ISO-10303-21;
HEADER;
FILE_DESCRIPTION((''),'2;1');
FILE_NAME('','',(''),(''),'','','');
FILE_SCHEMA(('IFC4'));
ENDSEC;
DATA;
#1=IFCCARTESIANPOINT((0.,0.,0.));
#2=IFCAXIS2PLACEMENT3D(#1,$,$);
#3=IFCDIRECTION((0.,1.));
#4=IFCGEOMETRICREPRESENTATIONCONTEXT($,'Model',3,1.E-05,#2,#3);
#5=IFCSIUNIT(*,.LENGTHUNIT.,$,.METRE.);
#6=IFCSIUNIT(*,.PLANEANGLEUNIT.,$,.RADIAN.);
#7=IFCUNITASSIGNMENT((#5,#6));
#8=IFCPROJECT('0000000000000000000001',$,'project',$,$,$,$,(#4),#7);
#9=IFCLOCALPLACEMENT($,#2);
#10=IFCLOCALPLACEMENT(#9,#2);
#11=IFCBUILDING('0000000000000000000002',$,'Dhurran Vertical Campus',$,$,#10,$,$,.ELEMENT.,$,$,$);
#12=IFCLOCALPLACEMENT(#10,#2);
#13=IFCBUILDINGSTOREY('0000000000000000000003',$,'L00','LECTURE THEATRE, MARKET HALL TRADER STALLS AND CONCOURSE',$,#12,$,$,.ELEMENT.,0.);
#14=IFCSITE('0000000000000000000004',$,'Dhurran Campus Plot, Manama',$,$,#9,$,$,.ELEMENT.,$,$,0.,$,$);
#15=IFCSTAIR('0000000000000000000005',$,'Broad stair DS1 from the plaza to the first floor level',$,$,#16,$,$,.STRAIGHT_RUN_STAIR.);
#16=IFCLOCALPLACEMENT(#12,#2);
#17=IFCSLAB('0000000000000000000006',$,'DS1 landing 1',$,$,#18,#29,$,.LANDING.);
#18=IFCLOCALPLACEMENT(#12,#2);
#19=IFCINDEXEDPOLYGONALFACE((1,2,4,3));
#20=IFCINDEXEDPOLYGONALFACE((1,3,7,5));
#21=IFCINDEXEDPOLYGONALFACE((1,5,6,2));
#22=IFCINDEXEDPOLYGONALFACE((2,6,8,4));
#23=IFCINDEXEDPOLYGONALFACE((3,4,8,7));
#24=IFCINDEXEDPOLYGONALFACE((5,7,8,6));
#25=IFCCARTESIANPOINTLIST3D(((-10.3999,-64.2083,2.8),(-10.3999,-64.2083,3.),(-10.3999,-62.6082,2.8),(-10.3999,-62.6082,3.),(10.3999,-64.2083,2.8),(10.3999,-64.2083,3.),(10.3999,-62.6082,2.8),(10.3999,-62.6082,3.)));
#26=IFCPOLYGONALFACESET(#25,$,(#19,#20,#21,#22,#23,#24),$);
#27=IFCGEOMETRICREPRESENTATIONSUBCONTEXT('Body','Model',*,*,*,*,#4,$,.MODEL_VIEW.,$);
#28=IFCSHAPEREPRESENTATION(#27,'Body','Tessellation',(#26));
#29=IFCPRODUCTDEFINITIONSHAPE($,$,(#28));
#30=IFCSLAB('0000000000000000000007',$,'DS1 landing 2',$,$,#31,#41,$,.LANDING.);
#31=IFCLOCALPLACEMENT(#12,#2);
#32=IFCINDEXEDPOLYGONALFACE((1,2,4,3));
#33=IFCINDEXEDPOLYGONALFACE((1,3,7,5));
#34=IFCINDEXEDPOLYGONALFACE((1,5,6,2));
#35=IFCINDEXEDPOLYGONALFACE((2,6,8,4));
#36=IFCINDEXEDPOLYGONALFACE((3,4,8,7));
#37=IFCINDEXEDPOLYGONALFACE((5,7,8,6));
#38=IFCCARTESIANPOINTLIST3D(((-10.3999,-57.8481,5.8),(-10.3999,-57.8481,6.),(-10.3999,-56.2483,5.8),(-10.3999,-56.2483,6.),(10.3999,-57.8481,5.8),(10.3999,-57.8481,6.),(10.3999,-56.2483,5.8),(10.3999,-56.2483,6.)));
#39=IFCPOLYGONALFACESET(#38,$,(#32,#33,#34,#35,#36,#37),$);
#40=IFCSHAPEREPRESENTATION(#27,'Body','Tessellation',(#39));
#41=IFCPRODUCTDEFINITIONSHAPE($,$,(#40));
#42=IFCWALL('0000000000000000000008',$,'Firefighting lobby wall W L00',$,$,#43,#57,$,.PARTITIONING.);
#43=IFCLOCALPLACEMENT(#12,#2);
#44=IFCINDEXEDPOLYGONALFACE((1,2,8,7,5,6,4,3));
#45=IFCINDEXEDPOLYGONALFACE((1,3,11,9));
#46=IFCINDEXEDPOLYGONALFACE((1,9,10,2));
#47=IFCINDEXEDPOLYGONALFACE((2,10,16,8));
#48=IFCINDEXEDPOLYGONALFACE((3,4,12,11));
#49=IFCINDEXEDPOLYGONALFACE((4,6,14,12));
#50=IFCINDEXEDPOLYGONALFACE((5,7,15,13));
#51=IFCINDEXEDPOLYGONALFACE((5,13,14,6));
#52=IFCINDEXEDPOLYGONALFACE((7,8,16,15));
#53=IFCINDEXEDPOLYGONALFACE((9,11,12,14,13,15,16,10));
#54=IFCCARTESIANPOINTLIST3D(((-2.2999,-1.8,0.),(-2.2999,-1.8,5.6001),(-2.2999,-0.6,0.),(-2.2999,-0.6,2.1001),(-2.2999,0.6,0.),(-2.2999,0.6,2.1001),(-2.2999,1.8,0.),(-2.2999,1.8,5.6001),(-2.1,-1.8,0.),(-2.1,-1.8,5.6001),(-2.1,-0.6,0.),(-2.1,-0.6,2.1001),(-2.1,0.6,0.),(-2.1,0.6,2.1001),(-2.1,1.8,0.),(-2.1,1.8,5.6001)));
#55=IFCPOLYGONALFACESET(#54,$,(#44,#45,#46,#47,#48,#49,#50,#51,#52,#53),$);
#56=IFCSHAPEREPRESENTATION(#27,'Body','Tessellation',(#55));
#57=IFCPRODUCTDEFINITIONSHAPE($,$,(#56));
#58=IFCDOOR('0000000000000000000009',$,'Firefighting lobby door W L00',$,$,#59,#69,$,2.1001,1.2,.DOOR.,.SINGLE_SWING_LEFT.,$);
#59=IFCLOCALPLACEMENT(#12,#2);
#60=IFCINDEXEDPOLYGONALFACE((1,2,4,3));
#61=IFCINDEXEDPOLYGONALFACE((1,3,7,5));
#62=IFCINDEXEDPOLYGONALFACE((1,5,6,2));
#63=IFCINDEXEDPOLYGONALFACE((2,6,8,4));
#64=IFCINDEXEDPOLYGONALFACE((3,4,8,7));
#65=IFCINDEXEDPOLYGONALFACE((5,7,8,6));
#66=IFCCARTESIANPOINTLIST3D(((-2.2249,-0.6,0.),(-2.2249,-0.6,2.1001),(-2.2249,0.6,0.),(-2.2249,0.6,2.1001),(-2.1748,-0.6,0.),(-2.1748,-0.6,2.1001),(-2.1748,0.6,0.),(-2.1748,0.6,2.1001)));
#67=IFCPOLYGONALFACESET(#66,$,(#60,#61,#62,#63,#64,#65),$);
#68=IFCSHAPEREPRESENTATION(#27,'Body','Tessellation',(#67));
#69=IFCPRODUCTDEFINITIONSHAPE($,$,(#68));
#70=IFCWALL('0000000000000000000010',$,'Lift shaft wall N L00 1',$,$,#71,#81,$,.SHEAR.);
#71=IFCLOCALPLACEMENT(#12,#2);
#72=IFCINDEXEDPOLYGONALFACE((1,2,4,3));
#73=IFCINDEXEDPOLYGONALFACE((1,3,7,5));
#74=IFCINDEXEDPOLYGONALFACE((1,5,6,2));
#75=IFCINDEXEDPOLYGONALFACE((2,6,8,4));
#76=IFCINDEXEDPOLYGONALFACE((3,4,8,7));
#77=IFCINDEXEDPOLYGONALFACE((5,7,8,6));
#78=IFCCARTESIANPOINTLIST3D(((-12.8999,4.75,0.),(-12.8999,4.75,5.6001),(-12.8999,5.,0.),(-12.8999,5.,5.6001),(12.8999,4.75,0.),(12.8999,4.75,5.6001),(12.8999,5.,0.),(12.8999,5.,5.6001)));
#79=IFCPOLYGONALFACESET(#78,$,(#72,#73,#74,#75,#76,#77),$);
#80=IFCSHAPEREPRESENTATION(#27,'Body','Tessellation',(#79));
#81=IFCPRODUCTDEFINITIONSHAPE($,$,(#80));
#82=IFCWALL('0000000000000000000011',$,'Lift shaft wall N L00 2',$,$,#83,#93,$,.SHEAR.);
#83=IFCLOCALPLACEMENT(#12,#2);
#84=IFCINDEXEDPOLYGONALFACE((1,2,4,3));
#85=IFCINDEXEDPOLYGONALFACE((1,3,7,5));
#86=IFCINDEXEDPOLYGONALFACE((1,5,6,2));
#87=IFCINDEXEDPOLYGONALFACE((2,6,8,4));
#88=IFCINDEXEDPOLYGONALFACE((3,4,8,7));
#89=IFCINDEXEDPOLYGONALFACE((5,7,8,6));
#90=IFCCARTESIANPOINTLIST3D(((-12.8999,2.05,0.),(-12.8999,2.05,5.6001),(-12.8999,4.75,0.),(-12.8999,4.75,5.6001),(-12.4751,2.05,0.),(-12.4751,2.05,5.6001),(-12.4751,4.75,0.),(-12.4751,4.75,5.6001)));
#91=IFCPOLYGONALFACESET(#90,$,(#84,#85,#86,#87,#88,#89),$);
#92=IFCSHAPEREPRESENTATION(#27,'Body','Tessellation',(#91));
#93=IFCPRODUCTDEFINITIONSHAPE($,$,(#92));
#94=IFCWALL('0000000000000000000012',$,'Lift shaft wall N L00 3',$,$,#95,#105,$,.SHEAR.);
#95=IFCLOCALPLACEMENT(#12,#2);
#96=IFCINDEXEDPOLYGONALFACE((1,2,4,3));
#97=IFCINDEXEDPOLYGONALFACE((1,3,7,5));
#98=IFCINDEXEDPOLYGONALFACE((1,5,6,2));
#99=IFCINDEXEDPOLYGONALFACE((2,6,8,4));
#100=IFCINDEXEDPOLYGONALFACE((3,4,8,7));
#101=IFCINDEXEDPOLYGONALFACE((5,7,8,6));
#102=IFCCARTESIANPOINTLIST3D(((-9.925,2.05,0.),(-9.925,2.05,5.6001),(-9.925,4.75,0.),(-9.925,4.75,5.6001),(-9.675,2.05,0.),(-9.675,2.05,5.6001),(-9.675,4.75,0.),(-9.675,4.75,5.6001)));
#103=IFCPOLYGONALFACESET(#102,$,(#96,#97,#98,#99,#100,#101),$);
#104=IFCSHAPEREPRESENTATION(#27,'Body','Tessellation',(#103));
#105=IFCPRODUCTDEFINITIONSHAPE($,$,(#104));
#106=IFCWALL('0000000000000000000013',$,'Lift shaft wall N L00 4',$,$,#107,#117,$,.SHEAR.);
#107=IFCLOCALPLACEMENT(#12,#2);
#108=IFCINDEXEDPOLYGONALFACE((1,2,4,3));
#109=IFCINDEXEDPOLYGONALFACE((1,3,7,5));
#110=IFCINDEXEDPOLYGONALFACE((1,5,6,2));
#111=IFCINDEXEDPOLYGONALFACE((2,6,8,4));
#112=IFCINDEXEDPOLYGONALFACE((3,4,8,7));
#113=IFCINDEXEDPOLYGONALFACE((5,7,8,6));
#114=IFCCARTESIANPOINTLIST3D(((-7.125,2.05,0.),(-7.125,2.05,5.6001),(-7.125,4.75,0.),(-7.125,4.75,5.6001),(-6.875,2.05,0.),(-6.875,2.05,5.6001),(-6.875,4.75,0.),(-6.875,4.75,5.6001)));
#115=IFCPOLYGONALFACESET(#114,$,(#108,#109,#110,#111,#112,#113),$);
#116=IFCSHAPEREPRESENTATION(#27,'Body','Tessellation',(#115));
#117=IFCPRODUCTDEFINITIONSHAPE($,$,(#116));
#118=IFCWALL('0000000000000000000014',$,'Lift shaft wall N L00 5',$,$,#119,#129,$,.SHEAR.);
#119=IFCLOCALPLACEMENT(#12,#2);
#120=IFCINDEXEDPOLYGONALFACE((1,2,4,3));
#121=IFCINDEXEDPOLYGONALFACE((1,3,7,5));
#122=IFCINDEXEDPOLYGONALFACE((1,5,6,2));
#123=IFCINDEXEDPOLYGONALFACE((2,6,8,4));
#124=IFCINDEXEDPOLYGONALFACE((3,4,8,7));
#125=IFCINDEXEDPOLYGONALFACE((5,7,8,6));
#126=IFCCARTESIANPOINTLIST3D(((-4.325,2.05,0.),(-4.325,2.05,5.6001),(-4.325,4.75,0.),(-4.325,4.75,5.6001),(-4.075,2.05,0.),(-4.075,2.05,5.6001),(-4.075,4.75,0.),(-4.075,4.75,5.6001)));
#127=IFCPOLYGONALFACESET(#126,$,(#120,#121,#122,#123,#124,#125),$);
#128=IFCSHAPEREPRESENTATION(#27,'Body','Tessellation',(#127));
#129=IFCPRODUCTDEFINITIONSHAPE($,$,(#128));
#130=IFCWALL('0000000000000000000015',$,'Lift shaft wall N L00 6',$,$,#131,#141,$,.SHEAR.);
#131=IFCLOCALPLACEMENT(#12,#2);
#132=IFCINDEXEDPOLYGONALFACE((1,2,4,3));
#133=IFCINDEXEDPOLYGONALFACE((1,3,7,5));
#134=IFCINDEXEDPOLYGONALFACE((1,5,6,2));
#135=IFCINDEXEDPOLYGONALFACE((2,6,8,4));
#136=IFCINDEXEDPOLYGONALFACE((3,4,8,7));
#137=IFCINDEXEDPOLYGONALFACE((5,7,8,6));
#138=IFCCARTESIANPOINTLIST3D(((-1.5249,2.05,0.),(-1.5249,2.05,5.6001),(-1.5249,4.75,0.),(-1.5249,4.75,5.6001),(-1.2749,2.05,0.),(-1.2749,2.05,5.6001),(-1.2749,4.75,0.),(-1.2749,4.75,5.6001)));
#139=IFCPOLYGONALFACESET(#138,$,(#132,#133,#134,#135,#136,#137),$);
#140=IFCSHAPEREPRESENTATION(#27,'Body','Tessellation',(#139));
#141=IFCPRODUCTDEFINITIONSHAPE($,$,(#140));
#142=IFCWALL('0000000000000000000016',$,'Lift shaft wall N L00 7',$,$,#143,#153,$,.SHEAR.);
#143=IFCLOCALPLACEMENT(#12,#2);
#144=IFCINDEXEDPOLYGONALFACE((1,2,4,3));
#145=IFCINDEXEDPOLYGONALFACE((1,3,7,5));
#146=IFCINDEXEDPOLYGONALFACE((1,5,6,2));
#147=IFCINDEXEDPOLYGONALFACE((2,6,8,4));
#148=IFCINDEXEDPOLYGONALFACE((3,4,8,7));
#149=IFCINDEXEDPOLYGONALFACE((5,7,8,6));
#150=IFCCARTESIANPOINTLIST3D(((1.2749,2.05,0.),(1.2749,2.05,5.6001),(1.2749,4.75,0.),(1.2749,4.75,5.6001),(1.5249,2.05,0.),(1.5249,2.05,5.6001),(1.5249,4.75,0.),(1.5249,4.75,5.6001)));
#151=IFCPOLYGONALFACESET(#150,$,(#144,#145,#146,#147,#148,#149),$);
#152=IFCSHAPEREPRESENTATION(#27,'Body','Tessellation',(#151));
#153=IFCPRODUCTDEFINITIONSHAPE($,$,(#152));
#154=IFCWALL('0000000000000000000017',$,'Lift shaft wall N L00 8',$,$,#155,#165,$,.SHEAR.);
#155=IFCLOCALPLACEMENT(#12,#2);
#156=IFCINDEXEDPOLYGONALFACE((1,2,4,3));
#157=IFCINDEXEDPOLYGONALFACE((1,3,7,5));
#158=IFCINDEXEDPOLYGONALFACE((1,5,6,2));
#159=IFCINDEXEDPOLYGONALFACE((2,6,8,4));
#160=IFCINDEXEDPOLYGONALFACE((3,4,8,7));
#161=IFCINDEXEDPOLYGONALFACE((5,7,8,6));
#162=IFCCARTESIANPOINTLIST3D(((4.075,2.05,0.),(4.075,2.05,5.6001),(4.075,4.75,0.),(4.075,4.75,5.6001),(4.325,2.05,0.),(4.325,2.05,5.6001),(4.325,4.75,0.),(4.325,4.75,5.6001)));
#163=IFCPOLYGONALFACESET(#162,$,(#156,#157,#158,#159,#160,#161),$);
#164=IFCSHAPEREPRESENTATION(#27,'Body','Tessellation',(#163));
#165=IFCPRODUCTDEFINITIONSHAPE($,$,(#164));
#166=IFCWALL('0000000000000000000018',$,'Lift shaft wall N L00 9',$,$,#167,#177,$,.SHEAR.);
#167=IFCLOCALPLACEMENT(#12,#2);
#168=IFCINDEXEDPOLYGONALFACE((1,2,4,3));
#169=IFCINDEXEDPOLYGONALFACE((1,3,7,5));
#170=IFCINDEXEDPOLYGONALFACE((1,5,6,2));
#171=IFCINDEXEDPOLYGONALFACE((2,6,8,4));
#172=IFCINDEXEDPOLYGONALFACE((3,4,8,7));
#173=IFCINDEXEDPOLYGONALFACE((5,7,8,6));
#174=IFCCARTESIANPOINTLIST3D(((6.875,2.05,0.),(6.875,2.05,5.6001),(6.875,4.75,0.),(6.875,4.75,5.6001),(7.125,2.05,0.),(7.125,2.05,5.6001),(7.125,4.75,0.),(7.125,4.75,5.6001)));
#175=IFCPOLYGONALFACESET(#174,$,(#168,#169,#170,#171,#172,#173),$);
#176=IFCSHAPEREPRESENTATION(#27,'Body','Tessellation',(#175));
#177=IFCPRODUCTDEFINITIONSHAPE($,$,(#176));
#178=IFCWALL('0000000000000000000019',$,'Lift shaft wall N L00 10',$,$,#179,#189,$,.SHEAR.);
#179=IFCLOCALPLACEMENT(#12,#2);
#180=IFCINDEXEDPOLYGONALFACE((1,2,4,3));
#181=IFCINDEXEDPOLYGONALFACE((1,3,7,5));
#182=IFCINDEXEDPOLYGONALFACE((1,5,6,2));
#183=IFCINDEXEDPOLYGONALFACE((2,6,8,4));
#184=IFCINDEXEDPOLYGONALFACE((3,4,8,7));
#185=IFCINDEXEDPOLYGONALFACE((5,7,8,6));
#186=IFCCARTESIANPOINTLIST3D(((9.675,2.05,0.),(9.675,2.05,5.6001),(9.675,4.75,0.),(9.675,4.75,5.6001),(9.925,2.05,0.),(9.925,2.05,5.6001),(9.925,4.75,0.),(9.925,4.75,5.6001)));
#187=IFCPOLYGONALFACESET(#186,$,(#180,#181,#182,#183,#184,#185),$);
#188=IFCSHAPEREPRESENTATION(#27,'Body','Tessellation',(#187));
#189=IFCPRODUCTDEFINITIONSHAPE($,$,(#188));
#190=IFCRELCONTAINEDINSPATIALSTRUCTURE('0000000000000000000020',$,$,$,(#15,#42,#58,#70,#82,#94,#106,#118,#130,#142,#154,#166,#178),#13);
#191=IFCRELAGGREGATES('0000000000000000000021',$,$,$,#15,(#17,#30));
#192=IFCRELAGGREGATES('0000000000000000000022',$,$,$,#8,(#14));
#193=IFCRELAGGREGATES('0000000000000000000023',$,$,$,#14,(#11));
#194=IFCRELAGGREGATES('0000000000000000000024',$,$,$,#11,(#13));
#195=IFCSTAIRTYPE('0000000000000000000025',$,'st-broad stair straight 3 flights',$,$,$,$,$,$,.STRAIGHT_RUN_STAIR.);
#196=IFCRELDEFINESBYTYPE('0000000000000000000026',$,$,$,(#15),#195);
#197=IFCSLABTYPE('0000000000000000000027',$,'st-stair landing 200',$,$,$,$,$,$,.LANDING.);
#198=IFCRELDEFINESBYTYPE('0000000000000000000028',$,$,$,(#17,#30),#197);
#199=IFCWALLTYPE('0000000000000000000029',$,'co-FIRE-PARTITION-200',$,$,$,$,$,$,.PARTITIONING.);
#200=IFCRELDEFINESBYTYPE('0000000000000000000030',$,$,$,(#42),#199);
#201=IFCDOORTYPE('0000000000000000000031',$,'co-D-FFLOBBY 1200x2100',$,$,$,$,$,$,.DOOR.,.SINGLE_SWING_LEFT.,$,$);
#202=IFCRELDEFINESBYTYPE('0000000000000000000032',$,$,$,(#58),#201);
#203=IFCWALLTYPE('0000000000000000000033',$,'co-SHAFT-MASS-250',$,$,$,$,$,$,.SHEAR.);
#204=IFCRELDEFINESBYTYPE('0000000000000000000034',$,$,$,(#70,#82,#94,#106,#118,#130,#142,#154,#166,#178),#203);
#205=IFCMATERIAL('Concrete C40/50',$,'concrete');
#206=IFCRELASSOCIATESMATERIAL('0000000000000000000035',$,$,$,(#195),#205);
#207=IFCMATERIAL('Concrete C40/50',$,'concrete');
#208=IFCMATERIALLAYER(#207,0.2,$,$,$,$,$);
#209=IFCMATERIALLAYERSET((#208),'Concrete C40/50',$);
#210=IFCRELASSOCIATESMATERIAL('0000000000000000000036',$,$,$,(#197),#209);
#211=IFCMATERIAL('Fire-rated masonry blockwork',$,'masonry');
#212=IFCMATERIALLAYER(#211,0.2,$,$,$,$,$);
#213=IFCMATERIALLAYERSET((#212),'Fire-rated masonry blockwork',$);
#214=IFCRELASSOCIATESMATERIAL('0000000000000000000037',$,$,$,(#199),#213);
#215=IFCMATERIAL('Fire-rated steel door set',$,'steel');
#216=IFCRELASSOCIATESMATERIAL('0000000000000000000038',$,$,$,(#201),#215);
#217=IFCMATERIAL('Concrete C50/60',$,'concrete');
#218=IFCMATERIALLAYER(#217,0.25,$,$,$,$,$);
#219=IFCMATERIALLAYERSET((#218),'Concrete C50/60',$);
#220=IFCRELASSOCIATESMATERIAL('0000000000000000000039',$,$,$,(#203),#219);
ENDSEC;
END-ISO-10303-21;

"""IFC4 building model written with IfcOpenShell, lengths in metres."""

from ifc_helpers import new_model, si_unit, direction, frame, frame_2d, origin, place, context, subcontext, project, spatial, polyline, rectangle, outline, extrude, material, layer, layer_set, type_object, element, fill, aggregate, save


model = new_model("IFC4")

# Units and contexts
model_context = context("Model", 3, precision=1e-05, world=origin(), true_north=direction((0.0, 1.0)))
body_context = subcontext(model_context, "Body", "Model", "MODEL_VIEW")
ifc_project = project(units=[si_unit("LENGTHUNIT", "METRE"), si_unit("PLANEANGLEUNIT", "RADIAN")], contexts=[model_context])

# Site, building, storey
site_placement = place(None, origin())
site = spatial("IfcSite", under=ifc_project, at=site_placement, Name="Dhurran Campus Plot, Manama", CompositionType="ELEMENT", RefElevation=0.0)
building_placement = place(site_placement, origin())
building = spatial("IfcBuilding", under=site, at=building_placement, Name="Dhurran Vertical Campus", CompositionType="ELEMENT")
storey_placement = place(building_placement, origin())
storey = spatial("IfcBuildingStorey", under=building, at=storey_placement, Name="L00", Description="LECTURE THEATRE, MARKET HALL TRADER STALLS AND CONCOURSE", CompositionType="ELEMENT", Elevation=0.0)

# Stair, slabs
ifc_material_1 = material(Name="Concrete C40/50", Category="concrete")
stair_type = type_object("IfcStairType", Name="st-broad stair straight 3 flights", PredefinedType="STRAIGHT_RUN_STAIR", material=ifc_material_1)
stair_placement = place(storey_placement, origin())
stair = element("IfcStair", 1, at=stair_placement, inside=storey, type_object=stair_type, Name="Broad stair DS1 from the plaza to the first floor level", PredefinedType="STRAIGHT_RUN_STAIR")
ifc_material_2 = material(Name="Concrete C40/50", Category="concrete")
ifc_layer_1 = layer(ifc_material_2, 0.2)
ifc_layer_set_1 = layer_set([ifc_layer_1], Name="Concrete C40/50")
slab_type = type_object("IfcSlabType", Name="st-stair landing 200", PredefinedType="LANDING", material=ifc_layer_set_1)
slab_1_placement = place(storey_placement, frame((0.0, 0.0, 2.8)))
slab_1 = element("IfcSlab", 2, at=slab_1_placement, type_object=slab_type, Name="DS1 landing 1", PredefinedType="LANDING", context=body_context, shape_type="SweptSolid", body=[
    extrude(outline(polyline([(-10.3999, -64.2083), (10.3999, -64.2083), (10.3999, -62.6082), (-10.3999, -62.6082), (-10.3999, -64.2083)])), origin(), (0.0, 0.0, 1.0), 0.2),
])
slab_2_placement = place(storey_placement, frame((0.0, 0.0, 5.8)))
slab_2 = element("IfcSlab", 3, at=slab_2_placement, type_object=slab_type, Name="DS1 landing 2", PredefinedType="LANDING", context=body_context, shape_type="SweptSolid", body=[
    extrude(outline(polyline([(-10.3999, -57.8481), (10.3999, -57.8481), (10.3999, -56.2483), (-10.3999, -56.2483), (-10.3999, -57.8481)])), origin(), (0.0, 0.0, 1.0), 0.2),
])
aggregate(stair, [slab_1, slab_2])

# Wall, opening, door
ifc_material_3 = material(Name="Fire-rated masonry blockwork", Category="masonry")
ifc_layer_2 = layer(ifc_material_3, 0.2)
ifc_layer_set_2 = layer_set([ifc_layer_2], Name="Fire-rated masonry blockwork")
wall_type_1 = type_object("IfcWallType", Name="co-FIRE-PARTITION-200", PredefinedType="PARTITIONING", material=ifc_layer_set_2)
wall_1_placement = place(storey_placement, frame((-2.2, -1.8, 0.0), z_axis=(0.0, 0.0, 1.0), x_axis=(0.0, 1.0, 0.0)))
wall_1 = element("IfcWall", 4, at=wall_1_placement, inside=storey, type_object=wall_type_1, Name="Firefighting lobby wall W L00", PredefinedType="PARTITIONING", context=body_context, shape_type="SweptSolid", body=[
    extrude(rectangle(XDim=3.6001, YDim=0.2, at=frame_2d((1.8, 0.0))), origin(), (0.0, 0.0, 1.0), 5.6001),
])
opening_placement = place(wall_1_placement, frame((1.2, 0.0, 0.0)))
opening = element("IfcOpeningElement", 5, at=opening_placement, cuts=wall_1, PredefinedType="OPENING", context=body_context, shape_type="SweptSolid", body=[
    extrude(rectangle(XDim=1.2, YDim=2.1001, at=frame_2d((0.6001, 1.05))), frame((0.0, 0.1099, 0.0), z_axis=(0.0, -1.0, 0.0), x_axis=(1.0, 0.0, 0.0)), (0.0, 0.0, 1.0), 0.22),
])
ifc_material_4 = material(Name="Fire-rated steel door set", Category="steel")
door_type = type_object("IfcDoorType", Name="co-D-FFLOBBY 1200x2100", OperationType="SINGLE_SWING_LEFT", PredefinedType="DOOR", material=ifc_material_4)
door_placement = place(opening_placement, origin())
door = element("IfcDoor", 6, at=door_placement, inside=storey, type_object=door_type, Name="Firefighting lobby door W L00", OperationType="SINGLE_SWING_LEFT", OverallHeight=2.1001, OverallWidth=1.2, PredefinedType="DOOR", context=body_context, shape_type="SweptSolid", body=[
    extrude(rectangle(XDim=1.2, YDim=2.1001, at=frame_2d((0.6001, 1.05))), frame((0.0, 0.0249, 0.0), z_axis=(0.0, -1.0, 0.0), x_axis=(1.0, 0.0, 0.0)), (0.0, 0.0, 1.0), 0.05),
])
fill(opening, door)

# Walls
ifc_material_5 = material(Name="Concrete C50/60", Category="concrete")
ifc_layer_3 = layer(ifc_material_5, 0.25)
ifc_layer_set_3 = layer_set([ifc_layer_3], Name="Concrete C50/60")
wall_type_2 = type_object("IfcWallType", Name="co-SHAFT-MASS-250", PredefinedType="SHEAR", material=ifc_layer_set_3)
wall_2_placement = place(storey_placement, origin())
element("IfcWall", 7, at=wall_2_placement, inside=storey, type_object=wall_type_2, Name="Lift shaft wall N L00 1", PredefinedType="SHEAR", context=body_context, shape_type="SweptSolid", body=[
    extrude(outline(polyline([(-12.8999, 4.75), (12.8999, 4.75), (12.8999, 5.0), (-12.8999, 5.0), (-12.8999, 4.75)])), origin(), (0.0, 0.0, 1.0), 5.6001),
])
wall_3_placement = place(storey_placement, origin())
element("IfcWall", 8, at=wall_3_placement, inside=storey, type_object=wall_type_2, Name="Lift shaft wall N L00 2", PredefinedType="SHEAR", context=body_context, shape_type="SweptSolid", body=[
    extrude(outline(polyline([(-12.8999, 2.05), (-12.4751, 2.05), (-12.4751, 4.75), (-12.8999, 4.75), (-12.8999, 2.05)])), origin(), (0.0, 0.0, 1.0), 5.6001),
])
wall_4_placement = place(storey_placement, origin())
element("IfcWall", 9, at=wall_4_placement, inside=storey, type_object=wall_type_2, Name="Lift shaft wall N L00 3", PredefinedType="SHEAR", context=body_context, shape_type="SweptSolid", body=[
    extrude(outline(polyline([(-9.925, 2.05), (-9.675, 2.05), (-9.675, 4.75), (-9.925, 4.75), (-9.925, 2.05)])), origin(), (0.0, 0.0, 1.0), 5.6001),
])
wall_5_placement = place(storey_placement, origin())
element("IfcWall", 10, at=wall_5_placement, inside=storey, type_object=wall_type_2, Name="Lift shaft wall N L00 4", PredefinedType="SHEAR", context=body_context, shape_type="SweptSolid", body=[
    extrude(outline(polyline([(-7.125, 2.05), (-6.875, 2.05), (-6.875, 4.75), (-7.125, 4.75), (-7.125, 2.05)])), origin(), (0.0, 0.0, 1.0), 5.6001),
])
wall_6_placement = place(storey_placement, origin())
element("IfcWall", 11, at=wall_6_placement, inside=storey, type_object=wall_type_2, Name="Lift shaft wall N L00 5", PredefinedType="SHEAR", context=body_context, shape_type="SweptSolid", body=[
    extrude(outline(polyline([(-4.325, 2.05), (-4.075, 2.05), (-4.075, 4.75), (-4.325, 4.75), (-4.325, 2.05)])), origin(), (0.0, 0.0, 1.0), 5.6001),
])
wall_7_placement = place(storey_placement, origin())
element("IfcWall", 12, at=wall_7_placement, inside=storey, type_object=wall_type_2, Name="Lift shaft wall N L00 6", PredefinedType="SHEAR", context=body_context, shape_type="SweptSolid", body=[
    extrude(outline(polyline([(-1.5249, 2.05), (-1.2749, 2.05), (-1.2749, 4.75), (-1.5249, 4.75), (-1.5249, 2.05)])), origin(), (0.0, 0.0, 1.0), 5.6001),
])
wall_8_placement = place(storey_placement, origin())
element("IfcWall", 13, at=wall_8_placement, inside=storey, type_object=wall_type_2, Name="Lift shaft wall N L00 7", PredefinedType="SHEAR", context=body_context, shape_type="SweptSolid", body=[
    extrude(outline(polyline([(1.2749, 2.05), (1.5249, 2.05), (1.5249, 4.75), (1.2749, 4.75), (1.2749, 2.05)])), origin(), (0.0, 0.0, 1.0), 5.6001),
])
wall_9_placement = place(storey_placement, origin())
element("IfcWall", 14, at=wall_9_placement, inside=storey, type_object=wall_type_2, Name="Lift shaft wall N L00 8", PredefinedType="SHEAR", context=body_context, shape_type="SweptSolid", body=[
    extrude(outline(polyline([(4.075, 2.05), (4.325, 2.05), (4.325, 4.75), (4.075, 4.75), (4.075, 2.05)])), origin(), (0.0, 0.0, 1.0), 5.6001),
])
wall_10_placement = place(storey_placement, origin())
element("IfcWall", 15, at=wall_10_placement, inside=storey, type_object=wall_type_2, Name="Lift shaft wall N L00 9", PredefinedType="SHEAR", context=body_context, shape_type="SweptSolid", body=[
    extrude(outline(polyline([(6.875, 2.05), (7.125, 2.05), (7.125, 4.75), (6.875, 4.75), (6.875, 2.05)])), origin(), (0.0, 0.0, 1.0), 5.6001),
])
wall_11_placement = place(storey_placement, origin())
element("IfcWall", 16, at=wall_11_placement, inside=storey, type_object=wall_type_2, Name="Lift shaft wall N L00 10", PredefinedType="SHEAR", context=body_context, shape_type="SweptSolid", body=[
    extrude(outline(polyline([(9.675, 2.05), (9.925, 2.05), (9.925, 4.75), (9.675, 4.75), (9.675, 2.05)])), origin(), (0.0, 0.0, 1.0), 5.6001),
])

save(model, "model.ifc")
